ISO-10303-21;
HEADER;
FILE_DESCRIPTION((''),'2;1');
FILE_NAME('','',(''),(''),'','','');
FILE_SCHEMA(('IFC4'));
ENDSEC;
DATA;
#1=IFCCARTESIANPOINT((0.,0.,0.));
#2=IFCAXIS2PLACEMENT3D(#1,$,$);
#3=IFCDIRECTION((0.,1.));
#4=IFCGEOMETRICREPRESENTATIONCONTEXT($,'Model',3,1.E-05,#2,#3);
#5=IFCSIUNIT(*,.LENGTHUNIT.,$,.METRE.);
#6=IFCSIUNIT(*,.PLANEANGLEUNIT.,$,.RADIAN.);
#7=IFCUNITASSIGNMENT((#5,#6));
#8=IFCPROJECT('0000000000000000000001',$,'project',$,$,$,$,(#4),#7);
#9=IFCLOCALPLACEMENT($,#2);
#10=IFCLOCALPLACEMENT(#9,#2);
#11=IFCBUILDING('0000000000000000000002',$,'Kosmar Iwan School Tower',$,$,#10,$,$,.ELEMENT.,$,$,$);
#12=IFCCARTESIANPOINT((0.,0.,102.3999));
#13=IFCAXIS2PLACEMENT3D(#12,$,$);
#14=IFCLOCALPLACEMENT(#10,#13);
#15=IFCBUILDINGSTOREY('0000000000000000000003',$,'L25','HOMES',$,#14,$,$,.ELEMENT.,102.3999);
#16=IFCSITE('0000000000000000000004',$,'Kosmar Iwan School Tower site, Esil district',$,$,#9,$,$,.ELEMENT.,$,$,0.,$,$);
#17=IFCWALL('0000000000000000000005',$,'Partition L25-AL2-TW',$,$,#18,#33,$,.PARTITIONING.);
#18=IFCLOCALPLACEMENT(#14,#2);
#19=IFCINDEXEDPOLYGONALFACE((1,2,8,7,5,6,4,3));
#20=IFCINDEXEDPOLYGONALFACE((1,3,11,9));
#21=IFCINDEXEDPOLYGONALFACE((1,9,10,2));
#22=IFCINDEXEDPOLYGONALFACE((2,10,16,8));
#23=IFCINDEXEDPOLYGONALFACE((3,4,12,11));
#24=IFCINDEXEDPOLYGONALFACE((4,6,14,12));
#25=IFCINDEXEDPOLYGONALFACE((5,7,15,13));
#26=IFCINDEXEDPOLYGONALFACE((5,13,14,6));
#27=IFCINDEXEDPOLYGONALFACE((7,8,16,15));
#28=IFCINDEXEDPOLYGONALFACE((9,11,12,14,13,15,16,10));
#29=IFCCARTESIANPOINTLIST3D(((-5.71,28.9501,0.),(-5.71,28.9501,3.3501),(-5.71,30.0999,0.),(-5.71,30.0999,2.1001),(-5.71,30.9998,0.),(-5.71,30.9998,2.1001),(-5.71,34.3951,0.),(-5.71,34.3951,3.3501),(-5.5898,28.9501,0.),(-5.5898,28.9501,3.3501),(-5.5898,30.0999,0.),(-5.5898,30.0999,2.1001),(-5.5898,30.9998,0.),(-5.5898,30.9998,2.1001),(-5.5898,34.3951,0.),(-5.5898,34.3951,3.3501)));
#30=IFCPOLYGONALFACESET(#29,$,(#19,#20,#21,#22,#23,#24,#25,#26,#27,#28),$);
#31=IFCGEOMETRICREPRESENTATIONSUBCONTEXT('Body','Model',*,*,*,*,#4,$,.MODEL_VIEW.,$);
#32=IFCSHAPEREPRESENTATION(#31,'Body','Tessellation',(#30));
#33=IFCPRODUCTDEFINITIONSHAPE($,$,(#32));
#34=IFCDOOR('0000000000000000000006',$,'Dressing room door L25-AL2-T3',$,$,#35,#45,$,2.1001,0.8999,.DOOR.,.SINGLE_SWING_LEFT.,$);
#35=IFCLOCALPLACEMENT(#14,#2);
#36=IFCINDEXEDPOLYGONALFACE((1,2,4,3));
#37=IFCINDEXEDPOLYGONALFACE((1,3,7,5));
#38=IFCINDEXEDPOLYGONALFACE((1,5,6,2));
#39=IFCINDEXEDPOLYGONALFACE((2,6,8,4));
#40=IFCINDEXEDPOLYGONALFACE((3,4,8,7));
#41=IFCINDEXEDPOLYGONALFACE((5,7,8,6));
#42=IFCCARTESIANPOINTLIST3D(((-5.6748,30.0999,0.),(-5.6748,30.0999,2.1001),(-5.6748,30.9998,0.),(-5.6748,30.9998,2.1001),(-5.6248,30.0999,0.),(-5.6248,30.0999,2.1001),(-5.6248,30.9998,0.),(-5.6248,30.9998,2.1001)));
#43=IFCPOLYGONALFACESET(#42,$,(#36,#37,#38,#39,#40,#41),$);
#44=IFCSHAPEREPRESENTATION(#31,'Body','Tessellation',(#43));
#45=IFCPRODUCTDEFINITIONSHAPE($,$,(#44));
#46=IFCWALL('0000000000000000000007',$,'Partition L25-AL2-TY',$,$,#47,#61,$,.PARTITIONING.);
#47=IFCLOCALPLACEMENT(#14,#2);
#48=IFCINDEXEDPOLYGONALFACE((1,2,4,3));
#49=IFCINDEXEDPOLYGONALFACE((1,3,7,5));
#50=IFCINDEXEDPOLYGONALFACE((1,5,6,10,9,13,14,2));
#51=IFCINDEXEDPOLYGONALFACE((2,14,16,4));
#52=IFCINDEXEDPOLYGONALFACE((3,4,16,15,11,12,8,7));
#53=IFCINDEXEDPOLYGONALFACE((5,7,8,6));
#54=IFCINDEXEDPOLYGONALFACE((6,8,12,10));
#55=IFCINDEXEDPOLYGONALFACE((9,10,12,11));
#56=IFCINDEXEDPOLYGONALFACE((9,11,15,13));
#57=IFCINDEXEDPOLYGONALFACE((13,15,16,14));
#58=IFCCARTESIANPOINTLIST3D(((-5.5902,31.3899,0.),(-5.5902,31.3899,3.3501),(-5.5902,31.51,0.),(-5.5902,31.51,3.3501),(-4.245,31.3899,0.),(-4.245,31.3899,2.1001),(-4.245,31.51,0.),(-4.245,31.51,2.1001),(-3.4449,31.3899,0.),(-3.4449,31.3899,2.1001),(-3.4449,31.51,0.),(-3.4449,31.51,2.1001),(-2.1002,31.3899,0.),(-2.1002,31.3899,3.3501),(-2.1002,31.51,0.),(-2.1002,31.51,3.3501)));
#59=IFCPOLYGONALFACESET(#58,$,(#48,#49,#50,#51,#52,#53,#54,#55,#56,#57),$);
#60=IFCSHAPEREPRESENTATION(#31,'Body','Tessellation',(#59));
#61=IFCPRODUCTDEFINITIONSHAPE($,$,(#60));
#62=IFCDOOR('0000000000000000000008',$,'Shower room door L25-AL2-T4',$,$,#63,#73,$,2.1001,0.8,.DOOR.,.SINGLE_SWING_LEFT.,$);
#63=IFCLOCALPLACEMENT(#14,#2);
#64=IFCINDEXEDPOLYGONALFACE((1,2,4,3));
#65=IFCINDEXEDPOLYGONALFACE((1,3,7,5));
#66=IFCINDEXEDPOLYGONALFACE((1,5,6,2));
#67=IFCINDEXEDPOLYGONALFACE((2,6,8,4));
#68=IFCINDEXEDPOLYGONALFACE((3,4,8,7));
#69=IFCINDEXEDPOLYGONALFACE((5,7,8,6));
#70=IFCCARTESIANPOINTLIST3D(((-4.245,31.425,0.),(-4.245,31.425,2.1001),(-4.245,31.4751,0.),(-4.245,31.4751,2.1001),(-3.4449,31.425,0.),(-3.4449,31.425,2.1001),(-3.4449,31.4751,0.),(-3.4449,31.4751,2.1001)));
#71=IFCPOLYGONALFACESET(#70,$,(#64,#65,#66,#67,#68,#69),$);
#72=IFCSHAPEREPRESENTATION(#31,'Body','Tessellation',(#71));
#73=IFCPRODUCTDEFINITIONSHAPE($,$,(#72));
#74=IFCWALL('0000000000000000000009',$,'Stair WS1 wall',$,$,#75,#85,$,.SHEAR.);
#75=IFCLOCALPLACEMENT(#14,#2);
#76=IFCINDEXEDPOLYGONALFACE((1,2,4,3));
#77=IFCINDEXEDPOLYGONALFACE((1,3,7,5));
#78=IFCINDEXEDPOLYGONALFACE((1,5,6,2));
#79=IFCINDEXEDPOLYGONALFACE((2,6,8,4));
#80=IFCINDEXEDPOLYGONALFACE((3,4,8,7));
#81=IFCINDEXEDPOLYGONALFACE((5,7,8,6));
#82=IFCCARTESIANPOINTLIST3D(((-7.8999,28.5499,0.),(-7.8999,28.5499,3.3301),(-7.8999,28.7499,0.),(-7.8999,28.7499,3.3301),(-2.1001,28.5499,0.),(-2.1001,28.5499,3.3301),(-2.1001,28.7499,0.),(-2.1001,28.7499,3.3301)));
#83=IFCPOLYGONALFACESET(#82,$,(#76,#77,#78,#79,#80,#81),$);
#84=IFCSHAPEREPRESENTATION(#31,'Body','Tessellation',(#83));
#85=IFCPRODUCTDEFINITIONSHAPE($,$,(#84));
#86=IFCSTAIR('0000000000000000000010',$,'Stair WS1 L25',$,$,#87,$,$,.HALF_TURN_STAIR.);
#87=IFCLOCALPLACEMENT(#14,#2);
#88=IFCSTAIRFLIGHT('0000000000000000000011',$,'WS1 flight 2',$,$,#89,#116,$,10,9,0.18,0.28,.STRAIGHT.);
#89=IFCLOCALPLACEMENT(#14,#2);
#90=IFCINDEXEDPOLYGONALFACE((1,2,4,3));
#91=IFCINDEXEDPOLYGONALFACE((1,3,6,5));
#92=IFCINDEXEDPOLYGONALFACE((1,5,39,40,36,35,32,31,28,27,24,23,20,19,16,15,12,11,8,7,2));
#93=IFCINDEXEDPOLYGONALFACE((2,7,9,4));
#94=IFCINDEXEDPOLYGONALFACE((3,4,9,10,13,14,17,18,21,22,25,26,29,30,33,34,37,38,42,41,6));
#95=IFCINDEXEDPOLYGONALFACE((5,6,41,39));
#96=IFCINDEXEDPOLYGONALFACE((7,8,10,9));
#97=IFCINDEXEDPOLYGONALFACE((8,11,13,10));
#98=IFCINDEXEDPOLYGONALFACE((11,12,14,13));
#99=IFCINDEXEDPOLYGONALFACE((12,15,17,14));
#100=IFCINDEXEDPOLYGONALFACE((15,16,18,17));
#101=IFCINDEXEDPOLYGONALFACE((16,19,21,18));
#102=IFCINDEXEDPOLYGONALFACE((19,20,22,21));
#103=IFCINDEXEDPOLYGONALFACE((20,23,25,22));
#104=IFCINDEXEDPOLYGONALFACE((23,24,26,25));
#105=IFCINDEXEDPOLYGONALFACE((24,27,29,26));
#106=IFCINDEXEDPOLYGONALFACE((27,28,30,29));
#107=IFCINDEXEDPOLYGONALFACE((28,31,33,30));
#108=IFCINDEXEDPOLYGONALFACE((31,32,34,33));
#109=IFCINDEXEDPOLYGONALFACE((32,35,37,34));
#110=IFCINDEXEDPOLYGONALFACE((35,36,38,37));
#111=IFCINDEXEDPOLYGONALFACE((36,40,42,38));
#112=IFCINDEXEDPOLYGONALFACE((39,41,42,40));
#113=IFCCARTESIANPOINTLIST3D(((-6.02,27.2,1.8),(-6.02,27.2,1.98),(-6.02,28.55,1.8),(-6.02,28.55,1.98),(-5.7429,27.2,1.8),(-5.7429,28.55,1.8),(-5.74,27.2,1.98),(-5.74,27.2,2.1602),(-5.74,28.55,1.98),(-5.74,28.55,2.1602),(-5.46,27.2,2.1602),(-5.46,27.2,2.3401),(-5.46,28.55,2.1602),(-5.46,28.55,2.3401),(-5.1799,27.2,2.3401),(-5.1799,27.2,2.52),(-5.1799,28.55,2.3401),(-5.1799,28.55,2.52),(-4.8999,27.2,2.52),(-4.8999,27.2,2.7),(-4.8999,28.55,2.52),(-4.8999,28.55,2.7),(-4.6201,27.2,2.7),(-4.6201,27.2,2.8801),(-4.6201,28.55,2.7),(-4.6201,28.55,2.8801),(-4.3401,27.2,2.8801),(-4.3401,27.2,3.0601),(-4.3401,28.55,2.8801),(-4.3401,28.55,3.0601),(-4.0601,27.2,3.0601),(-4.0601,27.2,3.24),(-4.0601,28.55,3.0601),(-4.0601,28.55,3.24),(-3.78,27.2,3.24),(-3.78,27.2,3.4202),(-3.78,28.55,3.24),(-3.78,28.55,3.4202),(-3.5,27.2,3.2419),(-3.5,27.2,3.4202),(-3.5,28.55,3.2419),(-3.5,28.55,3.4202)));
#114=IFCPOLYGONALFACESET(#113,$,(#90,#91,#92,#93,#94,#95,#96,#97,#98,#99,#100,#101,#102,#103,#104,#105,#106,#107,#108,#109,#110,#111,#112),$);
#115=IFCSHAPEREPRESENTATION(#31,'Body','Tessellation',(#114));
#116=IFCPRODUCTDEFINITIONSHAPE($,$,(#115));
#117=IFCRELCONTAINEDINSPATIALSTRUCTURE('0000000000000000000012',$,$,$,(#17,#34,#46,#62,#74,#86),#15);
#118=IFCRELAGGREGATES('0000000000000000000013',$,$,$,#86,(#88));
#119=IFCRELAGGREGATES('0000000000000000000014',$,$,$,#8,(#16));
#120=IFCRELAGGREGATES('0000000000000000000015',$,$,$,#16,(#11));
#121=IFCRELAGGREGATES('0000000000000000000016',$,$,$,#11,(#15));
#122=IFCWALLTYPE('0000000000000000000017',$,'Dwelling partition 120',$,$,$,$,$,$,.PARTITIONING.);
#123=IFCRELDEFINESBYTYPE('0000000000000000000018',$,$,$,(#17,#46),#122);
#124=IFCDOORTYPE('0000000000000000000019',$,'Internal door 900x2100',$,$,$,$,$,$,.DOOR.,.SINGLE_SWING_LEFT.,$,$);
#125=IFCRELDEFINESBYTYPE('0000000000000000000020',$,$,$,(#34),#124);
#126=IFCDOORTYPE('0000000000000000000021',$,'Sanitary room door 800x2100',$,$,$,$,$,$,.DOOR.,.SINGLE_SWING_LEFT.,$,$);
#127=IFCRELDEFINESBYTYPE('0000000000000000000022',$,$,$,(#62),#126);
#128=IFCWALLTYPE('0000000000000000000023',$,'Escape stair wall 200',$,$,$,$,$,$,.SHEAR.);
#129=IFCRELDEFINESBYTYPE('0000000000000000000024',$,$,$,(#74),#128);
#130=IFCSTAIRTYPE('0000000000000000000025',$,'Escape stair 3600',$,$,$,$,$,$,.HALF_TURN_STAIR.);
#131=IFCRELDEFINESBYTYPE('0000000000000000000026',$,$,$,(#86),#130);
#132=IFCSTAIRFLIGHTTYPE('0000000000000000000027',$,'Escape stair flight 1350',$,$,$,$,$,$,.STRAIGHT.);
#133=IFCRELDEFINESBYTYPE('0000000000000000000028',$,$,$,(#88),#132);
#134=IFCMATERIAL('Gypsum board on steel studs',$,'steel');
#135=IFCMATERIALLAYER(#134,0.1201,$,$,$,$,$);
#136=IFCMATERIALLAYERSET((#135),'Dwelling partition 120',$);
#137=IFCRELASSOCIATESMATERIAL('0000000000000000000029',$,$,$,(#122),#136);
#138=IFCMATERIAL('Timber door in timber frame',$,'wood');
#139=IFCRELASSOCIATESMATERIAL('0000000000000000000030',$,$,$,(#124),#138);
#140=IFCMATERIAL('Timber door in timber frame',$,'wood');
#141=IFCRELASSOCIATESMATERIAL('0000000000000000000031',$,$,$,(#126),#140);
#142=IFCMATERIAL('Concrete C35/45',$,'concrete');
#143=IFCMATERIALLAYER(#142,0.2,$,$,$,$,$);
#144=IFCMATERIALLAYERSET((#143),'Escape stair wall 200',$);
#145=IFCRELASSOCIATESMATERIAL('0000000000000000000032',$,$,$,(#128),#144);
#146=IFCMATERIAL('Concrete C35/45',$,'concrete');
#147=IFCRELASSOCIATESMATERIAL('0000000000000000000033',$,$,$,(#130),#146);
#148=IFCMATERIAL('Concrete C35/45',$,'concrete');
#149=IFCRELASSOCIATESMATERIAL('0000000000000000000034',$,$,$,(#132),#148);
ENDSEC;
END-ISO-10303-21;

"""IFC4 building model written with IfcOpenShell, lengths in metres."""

from ifc_helpers import new_model, si_unit, direction, frame, frame_2d, origin, place, context, subcontext, project, spatial, polyline, rectangle, outline, extrude, material, layer, layer_set, type_object, element, fill, aggregate, save


model = new_model("IFC4")

# Units and contexts
model_context = context("Model", 3, precision=1e-05, world=origin(), true_north=direction((0.0, 1.0)))
body_context = subcontext(model_context, "Body", "Model", "MODEL_VIEW")
ifc_project = project(units=[si_unit("LENGTHUNIT", "METRE"), si_unit("PLANEANGLEUNIT", "RADIAN")], contexts=[model_context])

# Site, building, storey
site_placement = place(None, origin())
site = spatial("IfcSite", under=ifc_project, at=site_placement, Name="Kosmar Iwan School Tower site, Esil district", CompositionType="ELEMENT", RefElevation=0.0)
building_placement = place(site_placement, origin())
building = spatial("IfcBuilding", under=site, at=building_placement, Name="Kosmar Iwan School Tower", CompositionType="ELEMENT")
storey_placement = place(building_placement, frame((0.0, 0.0, 102.3999)))
storey = spatial("IfcBuildingStorey", under=building, at=storey_placement, Name="L25", Description="HOMES", CompositionType="ELEMENT", Elevation=102.3999)

# Walls, openings, doors
ifc_material_1 = material(Name="Gypsum board on steel studs", Category="steel")
ifc_layer_1 = layer(ifc_material_1, 0.1201)
ifc_layer_set_1 = layer_set([ifc_layer_1], Name="Dwelling partition 120")
wall_type_1 = type_object("IfcWallType", Name="Dwelling partition 120", PredefinedType="PARTITIONING", material=ifc_layer_set_1)
ifc_material_2 = material(Name="Timber door in timber frame", Category="wood")
door_type_1 = type_object("IfcDoorType", Name="Internal door 900x2100", OperationType="SINGLE_SWING_LEFT", PredefinedType="DOOR", material=ifc_material_2)
wall_1_placement = place(storey_placement, frame((-5.6499, 28.95, 0.0), z_axis=(0.0, 0.0, 1.0), x_axis=(0.0, 1.0, 0.0)))
wall_1 = element("IfcWall", 1, at=wall_1_placement, inside=storey, type_object=wall_type_1, Name="Partition L25-AL2-TW", PredefinedType="PARTITIONING", context=body_context, shape_type="SweptSolid", body=[
    extrude(rectangle(XDim=5.4451, YDim=0.1201, at=frame_2d((2.7227, 0.0))), origin(), (0.0, 0.0, 1.0), 3.3501),
])
opening_1_placement = place(wall_1_placement, frame((1.1499, 0.0, 0.0)))
opening_1 = element("IfcOpeningElement", 2, at=opening_1_placement, cuts=wall_1, PredefinedType="OPENING", context=body_context, shape_type="SweptSolid", body=[
    extrude(rectangle(XDim=0.8999, YDim=2.1001, at=frame_2d((0.45, 1.05))), frame((0.0, 0.072, 0.0), z_axis=(0.0, -1.0, 0.0), x_axis=(1.0, 0.0, 0.0)), (0.0, 0.0, 1.0), 0.144),
])
door_1_placement = place(opening_1_placement, origin())
door_1 = element("IfcDoor", 3, at=door_1_placement, inside=storey, type_object=door_type_1, Name="Dressing room door L25-AL2-T3", OperationType="SINGLE_SWING_LEFT", OverallHeight=2.1001, OverallWidth=0.8999, PredefinedType="DOOR", context=body_context, shape_type="SweptSolid", body=[
    extrude(rectangle(XDim=0.8999, YDim=2.1001, at=frame_2d((0.45, 1.05))), frame((0.0, 0.0249, 0.0), z_axis=(0.0, -1.0, 0.0), x_axis=(1.0, 0.0, 0.0)), (0.0, 0.0, 1.0), 0.05),
])
fill(opening_1, door_1)
wall_2_placement = place(storey_placement, frame((-2.1001, 31.45, 0.0), z_axis=(0.0, 0.0, 1.0), x_axis=(-1.0, 0.0, 0.0)))
wall_2 = element("IfcWall", 4, at=wall_2_placement, inside=storey, type_object=wall_type_1, Name="Partition L25-AL2-TY", PredefinedType="PARTITIONING", context=body_context, shape_type="SweptSolid", body=[
    extrude(rectangle(XDim=3.49, YDim=0.1201, at=frame_2d((1.7451, 0.0))), origin(), (0.0, 0.0, 1.0), 3.3501),
])
opening_2_placement = place(wall_2_placement, frame((1.345, 0.0, 0.0)))
opening_2 = element("IfcOpeningElement", 5, at=opening_2_placement, cuts=wall_2, PredefinedType="OPENING", context=body_context, shape_type="SweptSolid", body=[
    extrude(rectangle(XDim=0.8, YDim=2.1001, at=frame_2d((0.3999, 1.05))), frame((0.0, 0.072, 0.0), z_axis=(0.0, -1.0, 0.0), x_axis=(1.0, 0.0, 0.0)), (0.0, 0.0, 1.0), 0.144),
])
ifc_material_3 = material(Name="Timber door in timber frame", Category="wood")
door_type_2 = type_object("IfcDoorType", Name="Sanitary room door 800x2100", OperationType="SINGLE_SWING_LEFT", PredefinedType="DOOR", material=ifc_material_3)
door_2_placement = place(opening_2_placement, origin())
door_2 = element("IfcDoor", 6, at=door_2_placement, inside=storey, type_object=door_type_2, Name="Shower room door L25-AL2-T4", OperationType="SINGLE_SWING_LEFT", OverallHeight=2.1001, OverallWidth=0.8, PredefinedType="DOOR", context=body_context, shape_type="SweptSolid", body=[
    extrude(rectangle(XDim=0.8, YDim=2.1001, at=frame_2d((0.3999, 1.05))), frame((0.0, 0.0249, 0.0), z_axis=(0.0, -1.0, 0.0), x_axis=(1.0, 0.0, 0.0)), (0.0, 0.0, 1.0), 0.05),
])
fill(opening_2, door_2)

# Wall
ifc_material_4 = material(Name="Concrete C35/45", Category="concrete")
ifc_layer_2 = layer(ifc_material_4, 0.2)
ifc_layer_set_2 = layer_set([ifc_layer_2], Name="Escape stair wall 200")
wall_type_2 = type_object("IfcWallType", Name="Escape stair wall 200", PredefinedType="SHEAR", material=ifc_layer_set_2)
wall_3_placement = place(storey_placement, frame((-2.1001, 28.6499, 0.0), z_axis=(0.0, 0.0, 1.0), x_axis=(-1.0, 0.0, 0.0)))
element("IfcWall", 7, at=wall_3_placement, inside=storey, type_object=wall_type_2, Name="Stair WS1 wall", PredefinedType="SHEAR", context=body_context, shape_type="SweptSolid", body=[
    extrude(rectangle(XDim=5.7998, YDim=0.2, at=frame_2d((2.8999, 0.0))), origin(), (0.0, 0.0, 1.0), 3.3301),
])

# Stair, stair flight
ifc_material_5 = material(Name="Concrete C35/45", Category="concrete")
stair_type = type_object("IfcStairType", Name="Escape stair 3600", PredefinedType="HALF_TURN_STAIR", material=ifc_material_5)
stair_placement = place(storey_placement, origin())
stair = element("IfcStair", 8, at=stair_placement, inside=storey, type_object=stair_type, Name="Stair WS1 L25", PredefinedType="HALF_TURN_STAIR")
ifc_material_6 = material(Name="Concrete C35/45", Category="concrete")
stair_flight_type = type_object("IfcStairFlightType", Name="Escape stair flight 1350", PredefinedType="STRAIGHT", material=ifc_material_6)
stair_flight_placement = place(storey_placement, frame((-6.02, 27.875, 1.8), z_axis=(0.0, 0.0, 1.0), x_axis=(1.0, 0.0, 0.0)))
stair_flight = element("IfcStairFlight", 9, at=stair_flight_placement, type_object=stair_flight_type, Name="WS1 flight 2", NumberOfRisers=10, NumberOfTreads=9, PredefinedType="STRAIGHT", RiserHeight=0.18, TreadLength=0.28, context=body_context, shape_type="SweptSolid", body=[
    extrude(outline(polyline([(0.0, 0.0), (0.0, 0.1799), (0.28, 0.1799), (0.28, 0.3601), (0.5601, 0.3601), (0.5601, 0.54), (0.8401, 0.54), (0.8401, 0.72), (1.1201, 0.72), (1.1201, 0.8999), (1.3999, 0.8999), (1.3999, 1.0801), (1.6799, 1.0801), (1.6799, 1.26), (1.96, 1.26), (1.96, 1.4399), (2.24, 1.4399), (2.24, 1.6201), (2.52, 1.6201), (2.52, 1.8), (2.52, 1.4419), (0.2771, 0.0), (0.0, 0.0)])), frame((0.0, 0.675, 0.0), z_axis=(0.0, -1.0, 0.0), x_axis=(1.0, 0.0, 0.0)), (0.0, 0.0, 1.0), 1.3501),
])
aggregate(stair, [stair_flight])

save(model, "model.ifc")
